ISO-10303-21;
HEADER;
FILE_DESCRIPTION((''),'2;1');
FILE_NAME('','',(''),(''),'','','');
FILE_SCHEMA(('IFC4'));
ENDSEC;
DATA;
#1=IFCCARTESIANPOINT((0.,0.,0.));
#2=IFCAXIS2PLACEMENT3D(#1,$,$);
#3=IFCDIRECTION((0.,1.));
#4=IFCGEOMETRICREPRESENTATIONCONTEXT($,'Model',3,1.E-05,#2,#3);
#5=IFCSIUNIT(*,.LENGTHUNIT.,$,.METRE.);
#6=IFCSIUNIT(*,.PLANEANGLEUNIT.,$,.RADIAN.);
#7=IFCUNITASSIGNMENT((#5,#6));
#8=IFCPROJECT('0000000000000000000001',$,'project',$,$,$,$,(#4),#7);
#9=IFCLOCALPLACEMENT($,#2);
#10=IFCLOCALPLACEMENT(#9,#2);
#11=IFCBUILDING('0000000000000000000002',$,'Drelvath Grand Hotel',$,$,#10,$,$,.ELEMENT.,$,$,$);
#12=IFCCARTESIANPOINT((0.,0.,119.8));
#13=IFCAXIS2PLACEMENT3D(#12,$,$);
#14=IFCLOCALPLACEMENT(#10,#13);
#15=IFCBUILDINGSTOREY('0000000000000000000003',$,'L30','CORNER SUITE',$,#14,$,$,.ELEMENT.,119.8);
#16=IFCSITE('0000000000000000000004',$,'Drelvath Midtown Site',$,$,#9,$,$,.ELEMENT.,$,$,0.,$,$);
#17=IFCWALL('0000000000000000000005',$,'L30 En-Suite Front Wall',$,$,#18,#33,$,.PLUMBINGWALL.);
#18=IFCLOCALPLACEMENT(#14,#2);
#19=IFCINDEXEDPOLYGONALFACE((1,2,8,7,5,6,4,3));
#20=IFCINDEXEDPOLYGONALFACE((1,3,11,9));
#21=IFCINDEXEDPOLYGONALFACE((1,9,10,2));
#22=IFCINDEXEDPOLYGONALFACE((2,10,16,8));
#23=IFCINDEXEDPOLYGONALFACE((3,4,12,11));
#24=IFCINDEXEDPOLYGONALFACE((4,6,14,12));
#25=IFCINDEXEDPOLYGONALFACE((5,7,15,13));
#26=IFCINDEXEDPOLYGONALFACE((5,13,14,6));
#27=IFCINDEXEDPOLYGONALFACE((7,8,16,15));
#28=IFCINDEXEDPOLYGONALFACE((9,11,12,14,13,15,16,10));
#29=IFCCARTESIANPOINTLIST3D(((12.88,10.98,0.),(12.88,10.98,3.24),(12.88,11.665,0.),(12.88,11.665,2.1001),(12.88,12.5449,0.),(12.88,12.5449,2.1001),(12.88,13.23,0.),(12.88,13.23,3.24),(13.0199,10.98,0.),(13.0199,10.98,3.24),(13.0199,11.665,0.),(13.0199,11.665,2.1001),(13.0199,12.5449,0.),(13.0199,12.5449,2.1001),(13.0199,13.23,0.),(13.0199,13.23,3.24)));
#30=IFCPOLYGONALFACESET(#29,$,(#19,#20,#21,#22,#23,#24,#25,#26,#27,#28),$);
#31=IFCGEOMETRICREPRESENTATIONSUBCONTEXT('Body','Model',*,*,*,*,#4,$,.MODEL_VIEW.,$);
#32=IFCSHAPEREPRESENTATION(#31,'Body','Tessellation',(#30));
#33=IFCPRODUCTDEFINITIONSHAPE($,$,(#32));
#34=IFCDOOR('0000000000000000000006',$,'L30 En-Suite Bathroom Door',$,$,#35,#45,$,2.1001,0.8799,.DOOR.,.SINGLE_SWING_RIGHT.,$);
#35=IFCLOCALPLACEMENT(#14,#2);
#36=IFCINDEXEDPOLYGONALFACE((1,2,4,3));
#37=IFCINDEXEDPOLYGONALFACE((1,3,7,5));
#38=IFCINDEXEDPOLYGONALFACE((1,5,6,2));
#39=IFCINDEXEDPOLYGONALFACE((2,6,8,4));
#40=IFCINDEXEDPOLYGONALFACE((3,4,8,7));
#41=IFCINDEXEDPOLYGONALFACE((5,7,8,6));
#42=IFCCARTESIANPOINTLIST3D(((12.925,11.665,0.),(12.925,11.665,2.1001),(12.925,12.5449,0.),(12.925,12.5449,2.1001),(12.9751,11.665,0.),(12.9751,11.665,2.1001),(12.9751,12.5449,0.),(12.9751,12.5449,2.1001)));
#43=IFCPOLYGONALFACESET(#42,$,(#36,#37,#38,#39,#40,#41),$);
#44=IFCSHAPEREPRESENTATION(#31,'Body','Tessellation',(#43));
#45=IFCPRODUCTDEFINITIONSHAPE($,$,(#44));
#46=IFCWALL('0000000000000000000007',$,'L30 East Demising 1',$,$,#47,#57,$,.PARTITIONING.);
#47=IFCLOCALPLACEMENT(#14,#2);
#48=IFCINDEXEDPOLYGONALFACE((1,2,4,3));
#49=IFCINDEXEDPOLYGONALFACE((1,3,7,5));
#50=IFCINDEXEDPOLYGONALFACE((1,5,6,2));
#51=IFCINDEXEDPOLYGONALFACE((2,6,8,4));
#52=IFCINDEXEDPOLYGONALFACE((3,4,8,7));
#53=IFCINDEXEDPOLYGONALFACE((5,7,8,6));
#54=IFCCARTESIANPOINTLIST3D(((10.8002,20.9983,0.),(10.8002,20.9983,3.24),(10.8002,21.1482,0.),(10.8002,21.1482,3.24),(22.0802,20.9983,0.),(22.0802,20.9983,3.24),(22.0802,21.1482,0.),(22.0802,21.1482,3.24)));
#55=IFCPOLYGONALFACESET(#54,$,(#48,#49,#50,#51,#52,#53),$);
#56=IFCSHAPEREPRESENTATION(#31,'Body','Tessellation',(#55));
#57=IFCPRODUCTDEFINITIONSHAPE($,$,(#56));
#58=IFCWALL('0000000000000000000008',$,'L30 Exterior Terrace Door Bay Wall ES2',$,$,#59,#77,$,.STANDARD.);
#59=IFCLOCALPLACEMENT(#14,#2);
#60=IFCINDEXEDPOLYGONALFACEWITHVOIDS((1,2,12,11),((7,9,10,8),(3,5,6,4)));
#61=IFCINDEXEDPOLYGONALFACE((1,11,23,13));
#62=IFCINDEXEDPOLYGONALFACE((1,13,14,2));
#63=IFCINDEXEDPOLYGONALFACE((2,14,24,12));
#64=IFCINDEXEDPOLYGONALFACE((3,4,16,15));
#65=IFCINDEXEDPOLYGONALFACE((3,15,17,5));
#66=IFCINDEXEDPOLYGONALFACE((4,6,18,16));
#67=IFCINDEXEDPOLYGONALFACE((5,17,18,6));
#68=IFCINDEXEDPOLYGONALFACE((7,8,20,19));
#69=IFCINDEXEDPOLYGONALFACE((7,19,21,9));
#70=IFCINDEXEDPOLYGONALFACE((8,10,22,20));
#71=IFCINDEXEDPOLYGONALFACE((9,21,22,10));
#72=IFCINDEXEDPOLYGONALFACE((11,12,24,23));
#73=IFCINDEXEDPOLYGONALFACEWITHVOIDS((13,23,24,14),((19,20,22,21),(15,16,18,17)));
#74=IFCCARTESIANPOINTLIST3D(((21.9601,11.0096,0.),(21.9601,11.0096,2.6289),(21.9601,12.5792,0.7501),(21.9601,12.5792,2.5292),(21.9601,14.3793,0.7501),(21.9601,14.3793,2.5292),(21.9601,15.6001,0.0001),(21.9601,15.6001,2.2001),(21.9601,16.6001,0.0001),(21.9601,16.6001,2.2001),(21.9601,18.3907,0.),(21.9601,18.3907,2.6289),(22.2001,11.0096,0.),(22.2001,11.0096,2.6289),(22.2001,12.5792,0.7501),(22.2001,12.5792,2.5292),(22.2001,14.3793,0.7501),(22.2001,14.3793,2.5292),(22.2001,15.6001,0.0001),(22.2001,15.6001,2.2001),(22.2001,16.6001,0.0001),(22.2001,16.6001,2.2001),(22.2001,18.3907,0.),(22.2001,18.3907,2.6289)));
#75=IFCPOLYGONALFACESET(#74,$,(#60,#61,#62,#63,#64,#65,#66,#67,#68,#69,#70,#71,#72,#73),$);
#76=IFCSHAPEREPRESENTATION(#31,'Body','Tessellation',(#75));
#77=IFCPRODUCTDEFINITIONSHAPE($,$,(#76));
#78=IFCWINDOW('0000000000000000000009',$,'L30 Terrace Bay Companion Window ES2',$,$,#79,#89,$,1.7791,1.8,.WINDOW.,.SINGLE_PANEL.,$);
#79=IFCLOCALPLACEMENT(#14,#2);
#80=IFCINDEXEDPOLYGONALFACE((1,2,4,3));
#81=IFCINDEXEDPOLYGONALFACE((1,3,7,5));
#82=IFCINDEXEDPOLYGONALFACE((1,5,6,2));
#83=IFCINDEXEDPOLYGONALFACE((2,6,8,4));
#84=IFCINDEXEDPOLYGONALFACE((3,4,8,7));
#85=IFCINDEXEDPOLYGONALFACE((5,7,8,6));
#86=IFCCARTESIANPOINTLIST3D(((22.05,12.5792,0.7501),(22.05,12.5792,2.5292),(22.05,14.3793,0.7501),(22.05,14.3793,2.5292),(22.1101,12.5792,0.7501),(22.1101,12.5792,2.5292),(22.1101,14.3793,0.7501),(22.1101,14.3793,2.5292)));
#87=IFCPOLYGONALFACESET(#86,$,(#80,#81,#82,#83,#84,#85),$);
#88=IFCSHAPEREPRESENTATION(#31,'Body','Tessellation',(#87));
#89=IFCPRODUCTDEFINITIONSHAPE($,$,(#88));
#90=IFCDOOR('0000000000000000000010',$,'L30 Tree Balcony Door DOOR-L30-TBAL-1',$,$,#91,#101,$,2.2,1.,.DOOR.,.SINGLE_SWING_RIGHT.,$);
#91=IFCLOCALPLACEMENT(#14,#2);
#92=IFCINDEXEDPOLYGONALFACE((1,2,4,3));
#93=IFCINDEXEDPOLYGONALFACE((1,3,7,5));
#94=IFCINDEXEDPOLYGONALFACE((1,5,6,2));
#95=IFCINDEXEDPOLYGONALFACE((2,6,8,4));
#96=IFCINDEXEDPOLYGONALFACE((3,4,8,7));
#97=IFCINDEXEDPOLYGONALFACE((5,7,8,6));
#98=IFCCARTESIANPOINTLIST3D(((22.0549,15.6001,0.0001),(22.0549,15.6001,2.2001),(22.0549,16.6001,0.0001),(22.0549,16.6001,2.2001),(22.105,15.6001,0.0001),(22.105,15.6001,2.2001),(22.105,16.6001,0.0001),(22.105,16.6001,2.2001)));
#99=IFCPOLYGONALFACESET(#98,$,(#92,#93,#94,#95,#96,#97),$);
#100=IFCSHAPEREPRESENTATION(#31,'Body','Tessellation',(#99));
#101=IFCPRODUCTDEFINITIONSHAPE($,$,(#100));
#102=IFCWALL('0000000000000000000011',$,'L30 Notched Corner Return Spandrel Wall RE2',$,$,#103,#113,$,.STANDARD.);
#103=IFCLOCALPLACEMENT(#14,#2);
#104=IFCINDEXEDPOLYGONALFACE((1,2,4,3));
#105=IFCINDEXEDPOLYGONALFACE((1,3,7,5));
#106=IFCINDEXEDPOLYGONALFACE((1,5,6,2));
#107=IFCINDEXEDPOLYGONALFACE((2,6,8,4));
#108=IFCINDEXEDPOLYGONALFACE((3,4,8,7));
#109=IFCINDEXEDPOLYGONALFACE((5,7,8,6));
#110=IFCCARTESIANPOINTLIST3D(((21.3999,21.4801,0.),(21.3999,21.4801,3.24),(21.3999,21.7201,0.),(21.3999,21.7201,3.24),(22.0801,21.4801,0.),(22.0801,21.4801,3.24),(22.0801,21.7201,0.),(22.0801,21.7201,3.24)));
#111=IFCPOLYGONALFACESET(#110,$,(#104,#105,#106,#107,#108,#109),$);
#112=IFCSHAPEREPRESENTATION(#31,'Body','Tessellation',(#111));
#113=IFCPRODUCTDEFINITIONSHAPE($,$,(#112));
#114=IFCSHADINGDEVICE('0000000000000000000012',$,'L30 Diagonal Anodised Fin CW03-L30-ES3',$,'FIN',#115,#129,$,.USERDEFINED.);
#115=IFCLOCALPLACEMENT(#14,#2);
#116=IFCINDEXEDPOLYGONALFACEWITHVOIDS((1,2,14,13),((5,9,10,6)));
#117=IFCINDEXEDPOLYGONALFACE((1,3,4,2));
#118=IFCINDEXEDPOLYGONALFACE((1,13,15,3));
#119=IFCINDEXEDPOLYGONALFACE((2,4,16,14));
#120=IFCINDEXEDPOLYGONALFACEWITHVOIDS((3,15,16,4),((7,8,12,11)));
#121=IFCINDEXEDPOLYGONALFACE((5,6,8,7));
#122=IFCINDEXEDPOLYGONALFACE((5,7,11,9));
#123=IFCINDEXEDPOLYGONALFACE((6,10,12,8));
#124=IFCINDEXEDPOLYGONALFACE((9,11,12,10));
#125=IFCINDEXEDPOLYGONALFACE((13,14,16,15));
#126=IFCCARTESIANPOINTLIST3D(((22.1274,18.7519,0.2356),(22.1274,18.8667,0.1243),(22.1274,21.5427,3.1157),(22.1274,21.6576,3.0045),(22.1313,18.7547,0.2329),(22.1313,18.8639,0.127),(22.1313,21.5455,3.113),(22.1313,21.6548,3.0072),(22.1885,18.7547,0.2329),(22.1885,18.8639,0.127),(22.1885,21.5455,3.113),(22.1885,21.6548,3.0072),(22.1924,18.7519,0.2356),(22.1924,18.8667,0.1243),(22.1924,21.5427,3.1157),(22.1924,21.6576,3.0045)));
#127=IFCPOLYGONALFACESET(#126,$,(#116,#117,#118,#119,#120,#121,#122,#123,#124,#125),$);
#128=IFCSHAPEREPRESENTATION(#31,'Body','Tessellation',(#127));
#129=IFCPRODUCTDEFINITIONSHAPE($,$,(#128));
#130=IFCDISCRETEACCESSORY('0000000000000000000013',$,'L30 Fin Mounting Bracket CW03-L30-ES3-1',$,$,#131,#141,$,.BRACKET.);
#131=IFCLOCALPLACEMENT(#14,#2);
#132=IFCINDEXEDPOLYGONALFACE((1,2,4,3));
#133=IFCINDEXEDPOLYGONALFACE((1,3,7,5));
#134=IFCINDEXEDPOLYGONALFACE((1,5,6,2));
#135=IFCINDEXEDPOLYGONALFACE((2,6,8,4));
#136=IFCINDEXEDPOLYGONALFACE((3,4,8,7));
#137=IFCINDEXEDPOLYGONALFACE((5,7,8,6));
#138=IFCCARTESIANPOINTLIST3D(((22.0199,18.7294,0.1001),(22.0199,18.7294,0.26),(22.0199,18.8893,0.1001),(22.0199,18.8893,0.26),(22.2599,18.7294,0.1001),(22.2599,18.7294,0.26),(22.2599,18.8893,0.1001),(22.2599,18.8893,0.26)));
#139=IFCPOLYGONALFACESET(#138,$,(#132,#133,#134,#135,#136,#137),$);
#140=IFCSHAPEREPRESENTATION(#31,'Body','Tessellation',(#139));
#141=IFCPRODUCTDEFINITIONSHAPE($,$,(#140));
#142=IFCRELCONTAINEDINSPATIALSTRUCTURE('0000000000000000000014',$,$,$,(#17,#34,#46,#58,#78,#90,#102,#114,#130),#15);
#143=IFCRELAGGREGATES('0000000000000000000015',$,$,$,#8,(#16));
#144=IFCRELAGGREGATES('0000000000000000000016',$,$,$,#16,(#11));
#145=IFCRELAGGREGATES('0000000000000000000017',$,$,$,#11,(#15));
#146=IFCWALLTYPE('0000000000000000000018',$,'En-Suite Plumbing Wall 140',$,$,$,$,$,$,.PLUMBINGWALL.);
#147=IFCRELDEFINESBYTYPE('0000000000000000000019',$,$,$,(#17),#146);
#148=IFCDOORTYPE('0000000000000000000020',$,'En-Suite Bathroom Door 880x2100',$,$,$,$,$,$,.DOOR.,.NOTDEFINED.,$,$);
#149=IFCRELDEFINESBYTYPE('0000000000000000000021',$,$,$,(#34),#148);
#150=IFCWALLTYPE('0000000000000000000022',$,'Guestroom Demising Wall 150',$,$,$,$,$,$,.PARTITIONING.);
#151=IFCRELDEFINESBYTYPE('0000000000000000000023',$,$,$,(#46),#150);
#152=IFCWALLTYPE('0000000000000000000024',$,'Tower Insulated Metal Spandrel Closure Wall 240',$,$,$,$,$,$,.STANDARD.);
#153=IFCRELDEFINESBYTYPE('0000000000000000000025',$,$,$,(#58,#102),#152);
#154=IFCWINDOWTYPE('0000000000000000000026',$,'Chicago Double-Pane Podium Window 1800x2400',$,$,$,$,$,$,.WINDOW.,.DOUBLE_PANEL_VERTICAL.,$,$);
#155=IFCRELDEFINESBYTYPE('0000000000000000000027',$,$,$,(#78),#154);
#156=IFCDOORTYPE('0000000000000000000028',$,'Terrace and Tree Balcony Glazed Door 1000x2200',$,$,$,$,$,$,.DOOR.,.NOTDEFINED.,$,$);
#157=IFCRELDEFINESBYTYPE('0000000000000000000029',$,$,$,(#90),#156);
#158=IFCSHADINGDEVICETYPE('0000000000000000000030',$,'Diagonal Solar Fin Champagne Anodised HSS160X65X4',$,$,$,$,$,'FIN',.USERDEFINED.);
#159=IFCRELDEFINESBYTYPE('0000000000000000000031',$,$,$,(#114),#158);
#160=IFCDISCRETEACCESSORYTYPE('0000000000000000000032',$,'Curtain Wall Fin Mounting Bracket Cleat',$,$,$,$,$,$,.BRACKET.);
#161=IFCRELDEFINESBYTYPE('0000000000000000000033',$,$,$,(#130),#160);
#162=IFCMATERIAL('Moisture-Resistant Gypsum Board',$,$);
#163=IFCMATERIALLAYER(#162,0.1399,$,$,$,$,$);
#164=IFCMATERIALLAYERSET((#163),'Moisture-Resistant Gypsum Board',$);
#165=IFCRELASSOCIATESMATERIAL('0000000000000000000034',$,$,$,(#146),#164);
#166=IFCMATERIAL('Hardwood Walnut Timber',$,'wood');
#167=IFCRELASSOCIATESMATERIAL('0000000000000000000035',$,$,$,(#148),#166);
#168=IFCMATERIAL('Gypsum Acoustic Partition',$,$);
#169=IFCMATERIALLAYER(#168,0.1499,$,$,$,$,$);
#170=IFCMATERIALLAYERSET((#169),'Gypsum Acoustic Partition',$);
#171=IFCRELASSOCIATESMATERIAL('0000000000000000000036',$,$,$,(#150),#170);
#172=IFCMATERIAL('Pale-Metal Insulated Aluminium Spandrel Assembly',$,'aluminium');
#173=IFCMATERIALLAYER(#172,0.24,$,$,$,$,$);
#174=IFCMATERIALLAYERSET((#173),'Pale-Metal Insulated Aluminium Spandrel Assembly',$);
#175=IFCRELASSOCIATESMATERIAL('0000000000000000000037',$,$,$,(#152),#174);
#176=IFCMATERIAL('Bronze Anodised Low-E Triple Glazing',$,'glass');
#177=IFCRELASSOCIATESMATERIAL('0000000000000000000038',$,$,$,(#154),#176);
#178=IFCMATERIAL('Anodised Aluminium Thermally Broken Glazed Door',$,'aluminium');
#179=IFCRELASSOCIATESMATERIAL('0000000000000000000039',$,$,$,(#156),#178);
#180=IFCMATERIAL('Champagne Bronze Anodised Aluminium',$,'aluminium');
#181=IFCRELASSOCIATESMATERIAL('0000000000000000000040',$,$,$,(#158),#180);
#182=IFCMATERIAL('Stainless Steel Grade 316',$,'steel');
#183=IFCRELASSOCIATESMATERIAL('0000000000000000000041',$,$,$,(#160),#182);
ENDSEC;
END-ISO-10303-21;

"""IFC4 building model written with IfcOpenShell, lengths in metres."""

from ifc_helpers import new_model, si_unit, direction, frame, frame_2d, origin, origin_2d, place, context, subcontext, project, spatial, rectangle, hollow_rectangle, extrude, material, layer, layer_set, material_profile, profile_set, type_object, element, fill, save


model = new_model("IFC4")

# Units and contexts
model_context = context("Model", 3, precision=1e-05, world=origin(), true_north=direction((0.0, 1.0)))
body_context = subcontext(model_context, "Body", "Model", "MODEL_VIEW")
ifc_project = project(units=[si_unit("LENGTHUNIT", "METRE"), si_unit("PLANEANGLEUNIT", "RADIAN")], contexts=[model_context])

# Site, building, storey
site_placement = place(None, origin())
site = spatial("IfcSite", under=ifc_project, at=site_placement, Name="Drelvath Midtown Site", CompositionType="ELEMENT", RefElevation=0.0)
building_placement = place(site_placement, origin())
building = spatial("IfcBuilding", under=site, at=building_placement, Name="Drelvath Grand Hotel", CompositionType="ELEMENT")
storey_placement = place(building_placement, frame((0.0, 0.0, 119.8)))
storey = spatial("IfcBuildingStorey", under=building, at=storey_placement, Name="L30", Description="CORNER SUITE", CompositionType="ELEMENT", Elevation=119.8)

# Wall, opening, door
ifc_material_1 = material(Name="Moisture-Resistant Gypsum Board")
ifc_layer_1 = layer(ifc_material_1, 0.1399)
ifc_layer_set_1 = layer_set([ifc_layer_1], Name="Moisture-Resistant Gypsum Board")
wall_type_1 = type_object("IfcWallType", Name="En-Suite Plumbing Wall 140", PredefinedType="PLUMBINGWALL", material=ifc_layer_set_1)
wall_1_placement = place(storey_placement, frame((12.95, 10.98, 0.0), z_axis=(0.0, 0.0, 1.0), x_axis=(0.0, 1.0, 0.0)))
wall_1 = element("IfcWall", 1, at=wall_1_placement, inside=storey, type_object=wall_type_1, Name="L30 En-Suite Front Wall", PredefinedType="PLUMBINGWALL", context=body_context, shape_type="SweptSolid", body=[
    extrude(rectangle(XDim=2.25, YDim=0.1399, at=frame_2d((1.125, 0.0))), origin(), (0.0, 0.0, 1.0), 3.24),
])
opening_1_placement = place(wall_1_placement, frame((0.6851, 0.0, 0.0)))
opening_1 = element("IfcOpeningElement", 2, at=opening_1_placement, cuts=wall_1, PredefinedType="OPENING", context=body_context, shape_type="SweptSolid", body=[
    extrude(rectangle(XDim=0.8799, YDim=2.1001, at=frame_2d((0.4399, 1.05))), frame((0.0, 0.0798, 0.0), z_axis=(0.0, -1.0, 0.0), x_axis=(1.0, 0.0, 0.0)), (0.0, 0.0, 1.0), 0.1599),
])
ifc_material_2 = material(Name="Hardwood Walnut Timber", Category="wood")
door_type_1 = type_object("IfcDoorType", Name="En-Suite Bathroom Door 880x2100", OperationType="NOTDEFINED", PredefinedType="DOOR", material=ifc_material_2)
door_1_placement = place(opening_1_placement, origin())
door_1 = element("IfcDoor", 3, at=door_1_placement, inside=storey, type_object=door_type_1, Name="L30 En-Suite Bathroom Door", OperationType="SINGLE_SWING_RIGHT", OverallHeight=2.1001, OverallWidth=0.8799, PredefinedType="DOOR", context=body_context, shape_type="SweptSolid", body=[
    extrude(rectangle(XDim=0.8799, YDim=2.1001, at=frame_2d((0.4399, 1.05))), frame((0.0, 0.0249, 0.0), z_axis=(0.0, -1.0, 0.0), x_axis=(1.0, 0.0, 0.0)), (0.0, 0.0, 1.0), 0.05),
])
fill(opening_1, door_1)

# Wall
ifc_material_3 = material(Name="Gypsum Acoustic Partition")
ifc_layer_2 = layer(ifc_material_3, 0.1499)
ifc_layer_set_2 = layer_set([ifc_layer_2], Name="Gypsum Acoustic Partition")
wall_type_2 = type_object("IfcWallType", Name="Guestroom Demising Wall 150", PredefinedType="PARTITIONING", material=ifc_layer_set_2)
wall_2_placement = place(storey_placement, frame((10.8, 21.0732, 0.0), z_axis=(0.0, 0.0, 1.0), x_axis=(1.0, 0.0, 0.0)))
element("IfcWall", 4, at=wall_2_placement, inside=storey, type_object=wall_type_2, Name="L30 East Demising 1", PredefinedType="PARTITIONING", context=body_context, shape_type="SweptSolid", body=[
    extrude(rectangle(XDim=11.28, YDim=0.1499, at=frame_2d((5.6401, 0.0))), origin(), (0.0, 0.0, 1.0), 3.24),
])

# Wall, openings, window, door
ifc_material_4 = material(Name="Pale-Metal Insulated Aluminium Spandrel Assembly", Category="aluminium")
ifc_layer_3 = layer(ifc_material_4, 0.24)
ifc_layer_set_3 = layer_set([ifc_layer_3], Name="Pale-Metal Insulated Aluminium Spandrel Assembly")
wall_type_3 = type_object("IfcWallType", Name="Tower Insulated Metal Spandrel Closure Wall 240", PredefinedType="STANDARD", material=ifc_layer_set_3)
wall_3_placement = place(storey_placement, frame((22.0801, 18.3906, 0.0), z_axis=(0.0, 0.0, 1.0), x_axis=(0.0, -1.0, 0.0)))
wall_3 = element("IfcWall", 5, at=wall_3_placement, inside=storey, type_object=wall_type_3, Name="L30 Exterior Terrace Door Bay Wall ES2", PredefinedType="STANDARD", context=body_context, shape_type="SweptSolid", body=[
    extrude(rectangle(XDim=7.3811, YDim=0.24, at=frame_2d((3.6904, 0.0))), origin(), (0.0, 0.0, 1.0), 2.6289),
])
opening_2_placement = place(wall_3_placement, frame((1.7905, 0.0, 0.0)))
opening_2 = element("IfcOpeningElement", 6, at=opening_2_placement, cuts=wall_3, PredefinedType="OPENING", context=body_context, shape_type="SweptSolid", body=[
    extrude(rectangle(XDim=1.0, YDim=2.2, at=frame_2d((0.5, 1.1001))), frame((0.0, 0.1299, 0.0), z_axis=(0.0, -1.0, 0.0), x_axis=(1.0, 0.0, 0.0)), (0.0, 0.0, 1.0), 0.26),
])
opening_3_placement = place(wall_3_placement, frame((4.0115, 0.0, 0.75)))
opening_3 = element("IfcOpeningElement", 7, at=opening_3_placement, cuts=wall_3, PredefinedType="OPENING", context=body_context, shape_type="SweptSolid", body=[
    extrude(rectangle(XDim=1.8, YDim=1.7791, at=frame_2d((0.8999, 0.8896))), frame((0.0, 0.1299, 0.0), z_axis=(0.0, -1.0, 0.0), x_axis=(1.0, 0.0, 0.0)), (0.0, 0.0, 1.0), 0.26),
])
ifc_material_5 = material(Name="Bronze Anodised Low-E Triple Glazing", Category="glass")
window_type = type_object("IfcWindowType", Name="Chicago Double-Pane Podium Window 1800x2400", PartitioningType="DOUBLE_PANEL_VERTICAL", PredefinedType="WINDOW", material=ifc_material_5)
window_placement = place(opening_3_placement, origin())
window = element("IfcWindow", 8, at=window_placement, inside=storey, type_object=window_type, Name="L30 Terrace Bay Companion Window ES2", OverallHeight=1.7791, OverallWidth=1.8, PartitioningType="SINGLE_PANEL", PredefinedType="WINDOW", context=body_context, shape_type="SweptSolid", body=[
    extrude(rectangle(XDim=1.8, YDim=1.7791, at=frame_2d((0.8999, 0.8896))), frame((0.0, 0.03, 0.0), z_axis=(0.0, -1.0, 0.0), x_axis=(1.0, 0.0, 0.0)), (0.0, 0.0, 1.0), 0.0601),
])
fill(opening_3, window)
ifc_material_6 = material(Name="Anodised Aluminium Thermally Broken Glazed Door", Category="aluminium")
door_type_2 = type_object("IfcDoorType", Name="Terrace and Tree Balcony Glazed Door 1000x2200", OperationType="NOTDEFINED", PredefinedType="DOOR", material=ifc_material_6)
door_2_placement = place(opening_2_placement, origin())
door_2 = element("IfcDoor", 9, at=door_2_placement, inside=storey, type_object=door_type_2, Name="L30 Tree Balcony Door DOOR-L30-TBAL-1", OperationType="SINGLE_SWING_RIGHT", OverallHeight=2.2, OverallWidth=1.0, PredefinedType="DOOR", context=body_context, shape_type="SweptSolid", body=[
    extrude(rectangle(XDim=1.0, YDim=2.2, at=frame_2d((0.5, 1.1001))), frame((0.0, 0.0249, 0.0), z_axis=(0.0, -1.0, 0.0), x_axis=(1.0, 0.0, 0.0)), (0.0, 0.0, 1.0), 0.05),
])
fill(opening_2, door_2)

# Wall
wall_4_placement = place(storey_placement, frame((21.3999, 21.6001, 0.0), z_axis=(0.0, 0.0, 1.0), x_axis=(1.0, 0.0, 0.0)))
element("IfcWall", 10, at=wall_4_placement, inside=storey, type_object=wall_type_3, Name="L30 Notched Corner Return Spandrel Wall RE2", PredefinedType="STANDARD", context=body_context, shape_type="SweptSolid", body=[
    extrude(rectangle(XDim=0.6802, YDim=0.24, at=frame_2d((0.3401, 0.0))), origin(), (0.0, 0.0, 1.0), 3.24),
])

# Shading device
ifc_material_7 = material(Name="Champagne Bronze Anodised Aluminium", Category="aluminium")
ifc_material_profile_1 = material_profile(ifc_material_7, hollow_rectangle(XDim=0.0649, YDim=0.1599, WallThickness=0.0039, at=origin_2d()), Name="HSS160X65X4")
ifc_profile_set_1 = profile_set([ifc_material_profile_1], Name="Champagne Bronze Anodised Aluminium")
shading_device_type = type_object("IfcShadingDeviceType", Name="Diagonal Solar Fin Champagne Anodised HSS160X65X4", ElementType="FIN", PredefinedType="USERDEFINED", material=ifc_profile_set_1)
shading_device_placement = place(storey_placement, frame((22.1599, 18.8093, 0.1799), z_axis=(0.0, 0.695879, 0.718159), x_axis=(-1.0, 0.0, 0.0)))
element("IfcShadingDevice", 11, at=shading_device_placement, inside=storey, type_object=shading_device_type, Name="L30 Diagonal Anodised Fin CW03-L30-ES3", ObjectType="FIN", PredefinedType="USERDEFINED", context=body_context, shape_type="SweptSolid", body=[
    extrude(hollow_rectangle(XDim=0.0649, YDim=0.1599, WallThickness=0.0039, at=origin_2d()), origin(), (0.0, 0.0, 1.0), 4.0105),
])

# Discrete accessory
ifc_material_8 = material(Name="Stainless Steel Grade 316", Category="steel")
discrete_accessory_type = type_object("IfcDiscreteAccessoryType", Name="Curtain Wall Fin Mounting Bracket Cleat", PredefinedType="BRACKET", material=ifc_material_8)
discrete_accessory_placement = place(storey_placement, frame((22.1399, 18.8093, 0.1001), z_axis=(0.0, 0.0, 1.0), x_axis=(0.0, -1.0, 0.0)))
element("IfcDiscreteAccessory", 12, at=discrete_accessory_placement, inside=storey, type_object=discrete_accessory_type, Name="L30 Fin Mounting Bracket CW03-L30-ES3-1", PredefinedType="BRACKET", context=body_context, shape_type="SweptSolid", body=[
    extrude(rectangle(XDim=0.1599, YDim=0.24, at=origin_2d()), origin(), (0.0, 0.0, 1.0), 0.1599),
])

save(model, "model.ifc")
